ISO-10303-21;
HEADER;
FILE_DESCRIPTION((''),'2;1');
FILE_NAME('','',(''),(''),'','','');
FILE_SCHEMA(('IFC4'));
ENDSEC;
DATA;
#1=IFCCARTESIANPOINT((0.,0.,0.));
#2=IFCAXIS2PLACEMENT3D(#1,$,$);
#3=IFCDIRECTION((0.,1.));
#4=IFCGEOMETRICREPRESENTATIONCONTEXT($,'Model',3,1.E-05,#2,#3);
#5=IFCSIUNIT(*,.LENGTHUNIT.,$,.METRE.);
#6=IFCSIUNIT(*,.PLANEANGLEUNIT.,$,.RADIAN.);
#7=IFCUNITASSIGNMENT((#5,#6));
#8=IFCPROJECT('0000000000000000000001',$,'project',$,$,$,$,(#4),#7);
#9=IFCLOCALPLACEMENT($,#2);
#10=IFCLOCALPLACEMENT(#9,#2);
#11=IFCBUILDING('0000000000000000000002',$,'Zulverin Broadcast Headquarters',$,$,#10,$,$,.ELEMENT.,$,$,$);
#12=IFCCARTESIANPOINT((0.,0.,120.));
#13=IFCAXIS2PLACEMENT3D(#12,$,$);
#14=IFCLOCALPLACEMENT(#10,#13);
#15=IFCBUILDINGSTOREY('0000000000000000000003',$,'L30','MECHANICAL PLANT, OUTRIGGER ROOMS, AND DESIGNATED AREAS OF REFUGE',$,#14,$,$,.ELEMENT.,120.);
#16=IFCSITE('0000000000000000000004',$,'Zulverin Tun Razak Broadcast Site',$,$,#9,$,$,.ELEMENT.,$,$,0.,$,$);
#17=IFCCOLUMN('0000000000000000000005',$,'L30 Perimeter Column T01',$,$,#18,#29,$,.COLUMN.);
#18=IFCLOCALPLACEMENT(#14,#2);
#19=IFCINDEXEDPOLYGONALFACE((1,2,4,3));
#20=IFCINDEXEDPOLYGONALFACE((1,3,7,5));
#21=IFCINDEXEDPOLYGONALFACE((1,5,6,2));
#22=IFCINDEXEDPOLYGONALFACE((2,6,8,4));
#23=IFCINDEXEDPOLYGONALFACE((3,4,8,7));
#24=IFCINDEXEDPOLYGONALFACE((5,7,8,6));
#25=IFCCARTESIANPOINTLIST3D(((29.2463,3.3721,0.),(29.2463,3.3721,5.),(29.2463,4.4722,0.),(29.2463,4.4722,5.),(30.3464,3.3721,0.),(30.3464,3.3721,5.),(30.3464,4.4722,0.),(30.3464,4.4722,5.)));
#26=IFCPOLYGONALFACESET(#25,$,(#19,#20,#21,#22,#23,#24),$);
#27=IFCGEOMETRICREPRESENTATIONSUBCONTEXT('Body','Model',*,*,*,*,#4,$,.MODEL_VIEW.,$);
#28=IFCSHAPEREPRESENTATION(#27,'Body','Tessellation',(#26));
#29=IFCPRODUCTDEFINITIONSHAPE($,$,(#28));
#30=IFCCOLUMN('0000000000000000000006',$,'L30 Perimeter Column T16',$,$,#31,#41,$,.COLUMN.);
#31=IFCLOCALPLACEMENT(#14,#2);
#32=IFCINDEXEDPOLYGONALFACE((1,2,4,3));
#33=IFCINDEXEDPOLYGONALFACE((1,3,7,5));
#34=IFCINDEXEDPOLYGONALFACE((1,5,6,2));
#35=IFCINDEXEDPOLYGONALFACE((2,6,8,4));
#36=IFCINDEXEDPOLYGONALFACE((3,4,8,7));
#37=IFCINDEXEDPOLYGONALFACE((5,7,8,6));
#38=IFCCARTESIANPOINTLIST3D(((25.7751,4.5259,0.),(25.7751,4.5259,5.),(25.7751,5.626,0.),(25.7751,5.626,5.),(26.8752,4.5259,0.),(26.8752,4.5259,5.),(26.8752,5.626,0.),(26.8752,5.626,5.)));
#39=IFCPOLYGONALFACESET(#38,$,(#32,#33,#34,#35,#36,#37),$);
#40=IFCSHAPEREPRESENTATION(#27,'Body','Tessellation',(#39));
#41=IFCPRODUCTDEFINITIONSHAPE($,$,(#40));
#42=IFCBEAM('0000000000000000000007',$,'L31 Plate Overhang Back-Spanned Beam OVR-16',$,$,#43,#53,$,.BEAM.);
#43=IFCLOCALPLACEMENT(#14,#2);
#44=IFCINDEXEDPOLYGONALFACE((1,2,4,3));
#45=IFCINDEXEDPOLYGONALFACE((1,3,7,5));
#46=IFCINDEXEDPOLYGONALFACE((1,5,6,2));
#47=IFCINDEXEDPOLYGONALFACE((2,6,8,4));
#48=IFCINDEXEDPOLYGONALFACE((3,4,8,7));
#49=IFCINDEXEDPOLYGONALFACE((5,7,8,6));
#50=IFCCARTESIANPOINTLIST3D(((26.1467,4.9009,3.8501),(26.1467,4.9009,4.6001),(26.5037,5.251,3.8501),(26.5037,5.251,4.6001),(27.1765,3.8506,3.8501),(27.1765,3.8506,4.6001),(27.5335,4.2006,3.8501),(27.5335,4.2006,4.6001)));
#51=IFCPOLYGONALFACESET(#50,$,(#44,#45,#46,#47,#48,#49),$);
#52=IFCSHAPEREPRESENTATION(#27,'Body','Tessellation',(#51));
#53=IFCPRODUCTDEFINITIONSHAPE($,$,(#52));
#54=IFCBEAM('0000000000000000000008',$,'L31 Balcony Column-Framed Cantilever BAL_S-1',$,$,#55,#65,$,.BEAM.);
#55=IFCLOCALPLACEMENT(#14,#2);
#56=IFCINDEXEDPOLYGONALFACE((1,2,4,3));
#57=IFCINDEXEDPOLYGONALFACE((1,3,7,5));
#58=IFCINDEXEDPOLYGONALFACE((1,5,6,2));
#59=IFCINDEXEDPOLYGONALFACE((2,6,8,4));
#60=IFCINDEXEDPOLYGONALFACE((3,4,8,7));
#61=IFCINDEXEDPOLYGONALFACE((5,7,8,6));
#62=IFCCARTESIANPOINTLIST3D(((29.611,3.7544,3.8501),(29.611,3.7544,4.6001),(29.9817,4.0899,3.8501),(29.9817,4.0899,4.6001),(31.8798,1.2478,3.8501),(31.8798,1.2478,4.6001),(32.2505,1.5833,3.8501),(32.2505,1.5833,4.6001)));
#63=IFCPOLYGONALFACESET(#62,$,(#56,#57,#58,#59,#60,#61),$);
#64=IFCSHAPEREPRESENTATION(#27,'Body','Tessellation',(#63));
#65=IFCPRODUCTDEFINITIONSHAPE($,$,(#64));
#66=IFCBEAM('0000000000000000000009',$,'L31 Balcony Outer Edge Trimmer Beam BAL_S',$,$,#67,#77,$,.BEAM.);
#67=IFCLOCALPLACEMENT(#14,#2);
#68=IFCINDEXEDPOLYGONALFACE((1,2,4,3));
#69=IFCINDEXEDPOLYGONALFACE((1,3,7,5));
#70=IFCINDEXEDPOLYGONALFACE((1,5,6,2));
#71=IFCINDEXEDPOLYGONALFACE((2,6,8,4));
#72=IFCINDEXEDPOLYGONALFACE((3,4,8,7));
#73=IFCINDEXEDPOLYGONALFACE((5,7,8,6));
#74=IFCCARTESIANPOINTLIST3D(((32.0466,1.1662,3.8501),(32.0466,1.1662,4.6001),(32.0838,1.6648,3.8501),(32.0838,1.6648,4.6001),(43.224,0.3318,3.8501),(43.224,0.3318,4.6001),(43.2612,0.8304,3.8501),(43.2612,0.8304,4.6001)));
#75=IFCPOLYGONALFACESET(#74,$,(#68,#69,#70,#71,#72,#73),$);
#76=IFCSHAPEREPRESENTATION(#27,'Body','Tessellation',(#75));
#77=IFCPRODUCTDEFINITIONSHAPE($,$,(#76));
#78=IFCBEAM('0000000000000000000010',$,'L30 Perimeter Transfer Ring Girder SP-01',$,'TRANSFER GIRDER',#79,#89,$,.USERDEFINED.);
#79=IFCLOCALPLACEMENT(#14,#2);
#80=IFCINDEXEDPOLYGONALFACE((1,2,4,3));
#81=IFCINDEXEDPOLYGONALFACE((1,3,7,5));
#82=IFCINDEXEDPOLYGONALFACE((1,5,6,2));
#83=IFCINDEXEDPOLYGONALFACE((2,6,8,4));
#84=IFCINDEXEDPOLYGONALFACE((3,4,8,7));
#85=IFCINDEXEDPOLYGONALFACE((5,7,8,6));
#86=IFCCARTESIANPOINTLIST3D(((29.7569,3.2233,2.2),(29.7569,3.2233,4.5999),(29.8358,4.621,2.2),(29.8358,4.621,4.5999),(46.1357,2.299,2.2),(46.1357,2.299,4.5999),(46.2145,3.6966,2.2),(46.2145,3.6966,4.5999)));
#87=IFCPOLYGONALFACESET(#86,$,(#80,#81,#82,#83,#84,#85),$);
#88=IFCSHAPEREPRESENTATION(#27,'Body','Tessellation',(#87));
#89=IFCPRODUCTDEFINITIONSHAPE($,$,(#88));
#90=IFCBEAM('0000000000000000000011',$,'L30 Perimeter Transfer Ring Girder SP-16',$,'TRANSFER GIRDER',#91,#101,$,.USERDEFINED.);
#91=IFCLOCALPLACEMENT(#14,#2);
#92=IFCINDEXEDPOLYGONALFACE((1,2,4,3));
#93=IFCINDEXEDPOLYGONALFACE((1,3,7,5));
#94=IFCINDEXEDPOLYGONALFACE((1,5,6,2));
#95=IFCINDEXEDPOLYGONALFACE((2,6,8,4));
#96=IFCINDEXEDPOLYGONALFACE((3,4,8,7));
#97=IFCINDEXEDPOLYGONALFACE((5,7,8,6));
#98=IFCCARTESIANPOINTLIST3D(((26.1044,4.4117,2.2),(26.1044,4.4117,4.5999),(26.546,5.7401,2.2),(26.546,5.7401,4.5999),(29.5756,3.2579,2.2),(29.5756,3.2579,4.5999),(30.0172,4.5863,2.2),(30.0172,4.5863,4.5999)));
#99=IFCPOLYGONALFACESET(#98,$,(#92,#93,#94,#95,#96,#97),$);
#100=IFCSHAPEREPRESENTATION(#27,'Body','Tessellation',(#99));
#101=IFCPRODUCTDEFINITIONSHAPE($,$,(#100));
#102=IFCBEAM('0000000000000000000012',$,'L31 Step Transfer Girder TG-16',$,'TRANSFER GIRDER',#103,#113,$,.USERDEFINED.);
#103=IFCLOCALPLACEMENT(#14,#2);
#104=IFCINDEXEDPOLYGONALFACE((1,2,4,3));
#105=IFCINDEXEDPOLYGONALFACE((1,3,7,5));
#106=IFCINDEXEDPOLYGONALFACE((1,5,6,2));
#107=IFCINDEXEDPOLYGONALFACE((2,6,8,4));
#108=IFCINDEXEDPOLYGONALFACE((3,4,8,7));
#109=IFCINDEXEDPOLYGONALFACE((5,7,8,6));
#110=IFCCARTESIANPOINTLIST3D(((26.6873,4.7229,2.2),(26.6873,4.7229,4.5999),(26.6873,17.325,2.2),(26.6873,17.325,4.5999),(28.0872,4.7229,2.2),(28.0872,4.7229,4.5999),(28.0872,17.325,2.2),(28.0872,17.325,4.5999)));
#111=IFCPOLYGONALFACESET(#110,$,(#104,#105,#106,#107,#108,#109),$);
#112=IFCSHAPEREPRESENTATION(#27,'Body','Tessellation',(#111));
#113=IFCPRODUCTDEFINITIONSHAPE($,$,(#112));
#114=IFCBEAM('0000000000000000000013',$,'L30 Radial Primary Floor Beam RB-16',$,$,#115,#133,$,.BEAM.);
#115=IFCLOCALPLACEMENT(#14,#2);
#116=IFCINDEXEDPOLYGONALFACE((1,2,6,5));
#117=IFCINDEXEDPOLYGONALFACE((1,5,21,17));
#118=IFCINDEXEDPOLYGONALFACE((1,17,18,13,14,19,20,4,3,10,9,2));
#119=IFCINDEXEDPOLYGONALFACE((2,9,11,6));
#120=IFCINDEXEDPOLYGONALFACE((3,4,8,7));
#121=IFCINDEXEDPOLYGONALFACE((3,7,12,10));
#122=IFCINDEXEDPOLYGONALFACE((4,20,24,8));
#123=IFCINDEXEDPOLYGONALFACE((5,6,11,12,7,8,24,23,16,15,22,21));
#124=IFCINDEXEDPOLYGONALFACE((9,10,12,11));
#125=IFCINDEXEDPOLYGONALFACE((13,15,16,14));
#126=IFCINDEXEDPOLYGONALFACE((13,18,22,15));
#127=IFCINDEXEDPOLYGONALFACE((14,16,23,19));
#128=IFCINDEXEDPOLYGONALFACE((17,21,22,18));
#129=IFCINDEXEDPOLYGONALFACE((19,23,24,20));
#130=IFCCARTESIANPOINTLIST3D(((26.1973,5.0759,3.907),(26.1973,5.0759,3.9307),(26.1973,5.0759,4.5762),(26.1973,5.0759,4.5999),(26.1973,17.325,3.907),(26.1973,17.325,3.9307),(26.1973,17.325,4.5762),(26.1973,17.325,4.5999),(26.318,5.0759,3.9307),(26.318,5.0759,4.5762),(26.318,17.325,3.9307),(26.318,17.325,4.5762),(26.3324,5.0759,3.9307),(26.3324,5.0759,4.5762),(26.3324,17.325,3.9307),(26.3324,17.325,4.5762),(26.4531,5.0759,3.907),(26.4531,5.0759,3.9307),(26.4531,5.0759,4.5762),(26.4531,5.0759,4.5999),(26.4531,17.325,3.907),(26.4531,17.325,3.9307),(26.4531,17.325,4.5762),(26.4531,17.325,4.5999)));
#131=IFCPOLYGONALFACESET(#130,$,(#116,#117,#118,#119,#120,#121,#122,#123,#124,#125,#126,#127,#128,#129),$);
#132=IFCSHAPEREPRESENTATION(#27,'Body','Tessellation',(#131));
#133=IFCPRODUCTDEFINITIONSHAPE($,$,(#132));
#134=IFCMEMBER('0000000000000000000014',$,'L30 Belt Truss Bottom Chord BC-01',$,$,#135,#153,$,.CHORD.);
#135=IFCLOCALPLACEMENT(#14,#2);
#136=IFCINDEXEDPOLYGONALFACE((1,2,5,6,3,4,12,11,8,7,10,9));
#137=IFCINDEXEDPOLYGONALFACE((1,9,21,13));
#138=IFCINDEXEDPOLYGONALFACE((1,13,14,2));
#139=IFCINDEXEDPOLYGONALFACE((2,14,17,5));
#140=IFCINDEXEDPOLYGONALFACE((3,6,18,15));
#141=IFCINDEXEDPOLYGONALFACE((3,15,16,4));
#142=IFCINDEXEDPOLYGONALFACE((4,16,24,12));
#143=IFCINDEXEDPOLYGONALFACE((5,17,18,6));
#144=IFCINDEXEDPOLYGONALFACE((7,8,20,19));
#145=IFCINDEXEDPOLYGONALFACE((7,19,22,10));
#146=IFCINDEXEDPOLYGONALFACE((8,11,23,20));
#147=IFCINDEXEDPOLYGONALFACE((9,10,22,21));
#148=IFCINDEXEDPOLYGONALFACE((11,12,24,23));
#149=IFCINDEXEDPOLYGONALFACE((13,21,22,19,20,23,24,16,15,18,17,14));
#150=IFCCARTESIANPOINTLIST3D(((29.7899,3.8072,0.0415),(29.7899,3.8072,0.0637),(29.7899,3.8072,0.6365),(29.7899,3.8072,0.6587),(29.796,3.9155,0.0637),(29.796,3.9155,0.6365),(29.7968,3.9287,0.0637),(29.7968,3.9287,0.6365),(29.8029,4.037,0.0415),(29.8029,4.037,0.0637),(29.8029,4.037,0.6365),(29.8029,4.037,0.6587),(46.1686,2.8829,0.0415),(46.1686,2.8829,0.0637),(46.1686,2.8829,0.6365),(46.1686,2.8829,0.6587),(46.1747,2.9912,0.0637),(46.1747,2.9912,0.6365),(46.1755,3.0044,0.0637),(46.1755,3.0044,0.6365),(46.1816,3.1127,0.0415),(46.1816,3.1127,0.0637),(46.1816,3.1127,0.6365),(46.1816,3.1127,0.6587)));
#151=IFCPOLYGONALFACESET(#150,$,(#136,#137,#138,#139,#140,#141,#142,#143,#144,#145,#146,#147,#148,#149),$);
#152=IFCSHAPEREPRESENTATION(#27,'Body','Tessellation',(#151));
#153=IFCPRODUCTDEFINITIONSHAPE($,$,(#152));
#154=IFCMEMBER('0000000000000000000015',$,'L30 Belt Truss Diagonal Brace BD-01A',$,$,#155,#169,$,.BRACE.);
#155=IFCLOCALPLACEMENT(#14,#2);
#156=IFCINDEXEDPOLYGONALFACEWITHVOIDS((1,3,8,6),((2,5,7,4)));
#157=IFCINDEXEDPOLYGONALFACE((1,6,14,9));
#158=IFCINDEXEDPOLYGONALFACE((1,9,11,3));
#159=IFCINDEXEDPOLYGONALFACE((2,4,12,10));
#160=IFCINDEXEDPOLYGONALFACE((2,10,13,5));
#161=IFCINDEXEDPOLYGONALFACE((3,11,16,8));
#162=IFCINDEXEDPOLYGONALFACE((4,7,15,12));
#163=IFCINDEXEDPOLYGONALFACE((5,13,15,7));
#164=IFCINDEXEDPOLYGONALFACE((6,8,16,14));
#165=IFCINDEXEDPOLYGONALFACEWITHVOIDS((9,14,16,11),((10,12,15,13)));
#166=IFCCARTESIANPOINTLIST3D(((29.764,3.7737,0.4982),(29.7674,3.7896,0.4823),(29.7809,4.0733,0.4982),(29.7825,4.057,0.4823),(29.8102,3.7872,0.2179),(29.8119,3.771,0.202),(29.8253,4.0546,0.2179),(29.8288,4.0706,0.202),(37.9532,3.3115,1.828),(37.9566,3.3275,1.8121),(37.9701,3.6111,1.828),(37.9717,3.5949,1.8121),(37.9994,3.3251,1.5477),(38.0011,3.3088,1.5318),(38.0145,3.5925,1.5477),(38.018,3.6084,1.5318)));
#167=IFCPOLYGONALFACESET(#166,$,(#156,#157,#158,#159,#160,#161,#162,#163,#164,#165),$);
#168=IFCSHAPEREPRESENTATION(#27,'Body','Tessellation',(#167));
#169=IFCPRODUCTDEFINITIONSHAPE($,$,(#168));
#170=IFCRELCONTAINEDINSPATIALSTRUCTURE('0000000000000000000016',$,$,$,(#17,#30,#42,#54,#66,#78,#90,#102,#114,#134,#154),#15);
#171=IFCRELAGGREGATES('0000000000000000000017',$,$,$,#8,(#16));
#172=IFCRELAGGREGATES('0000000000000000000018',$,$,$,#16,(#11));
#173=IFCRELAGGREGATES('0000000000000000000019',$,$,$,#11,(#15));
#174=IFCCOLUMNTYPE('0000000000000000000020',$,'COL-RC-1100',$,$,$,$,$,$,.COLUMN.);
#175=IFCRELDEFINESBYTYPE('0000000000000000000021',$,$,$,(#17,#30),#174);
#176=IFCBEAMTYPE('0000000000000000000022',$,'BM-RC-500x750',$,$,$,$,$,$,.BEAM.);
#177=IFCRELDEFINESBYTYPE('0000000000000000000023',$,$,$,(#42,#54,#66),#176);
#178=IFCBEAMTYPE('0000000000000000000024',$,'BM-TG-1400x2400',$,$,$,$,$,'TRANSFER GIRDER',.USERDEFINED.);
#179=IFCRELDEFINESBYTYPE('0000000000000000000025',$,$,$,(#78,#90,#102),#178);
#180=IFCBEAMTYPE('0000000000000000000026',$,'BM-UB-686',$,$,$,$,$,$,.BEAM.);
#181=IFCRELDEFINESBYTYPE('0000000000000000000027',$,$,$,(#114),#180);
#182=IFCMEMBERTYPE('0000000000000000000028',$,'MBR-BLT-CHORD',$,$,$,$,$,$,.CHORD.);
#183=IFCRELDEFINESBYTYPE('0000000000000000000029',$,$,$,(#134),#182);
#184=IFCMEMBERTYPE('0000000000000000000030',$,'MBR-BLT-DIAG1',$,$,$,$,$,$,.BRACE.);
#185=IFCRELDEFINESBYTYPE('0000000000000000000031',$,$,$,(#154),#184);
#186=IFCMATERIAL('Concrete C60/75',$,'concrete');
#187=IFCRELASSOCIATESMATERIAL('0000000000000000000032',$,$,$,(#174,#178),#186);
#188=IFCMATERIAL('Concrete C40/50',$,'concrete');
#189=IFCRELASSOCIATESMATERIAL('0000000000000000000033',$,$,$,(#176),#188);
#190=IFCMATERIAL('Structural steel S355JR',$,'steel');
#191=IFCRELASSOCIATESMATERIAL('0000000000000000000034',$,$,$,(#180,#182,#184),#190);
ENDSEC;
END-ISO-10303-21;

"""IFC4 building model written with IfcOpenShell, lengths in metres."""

from ifc_helpers import new_model, si_unit, direction, frame, origin, origin_2d, place, context, subcontext, project, spatial, rectangle, hollow_rectangle, i_section, extrude, material, material_profile, profile_set, type_object, element, save


model = new_model("IFC4")

# Units and contexts
model_context = context("Model", 3, precision=1e-05, world=origin(), true_north=direction((0.0, 1.0)))
body_context = subcontext(model_context, "Body", "Model", "MODEL_VIEW")
ifc_project = project(units=[si_unit("LENGTHUNIT", "METRE"), si_unit("PLANEANGLEUNIT", "RADIAN")], contexts=[model_context])

# Site, building, storey
site_placement = place(None, origin())
site = spatial("IfcSite", under=ifc_project, at=site_placement, Name="Zulverin Tun Razak Broadcast Site", CompositionType="ELEMENT", RefElevation=0.0)
building_placement = place(site_placement, origin())
building = spatial("IfcBuilding", under=site, at=building_placement, Name="Zulverin Broadcast Headquarters", CompositionType="ELEMENT")
storey_placement = place(building_placement, frame((0.0, 0.0, 120.0)))
storey = spatial("IfcBuildingStorey", under=building, at=storey_placement, Name="L30", Description="MECHANICAL PLANT, OUTRIGGER ROOMS, AND DESIGNATED AREAS OF REFUGE", CompositionType="ELEMENT", Elevation=120.0)

# Columns
ifc_material_1 = material(Name="Concrete C60/75", Category="concrete")
ifc_material_profile_1 = material_profile(ifc_material_1, rectangle(XDim=1.1001, YDim=1.1001, at=origin_2d()), Name="Concrete C60/75", Category="concrete")
ifc_profile_set_1 = profile_set([ifc_material_profile_1], Name="Concrete C60/75")
column_type = type_object("IfcColumnType", Name="COL-RC-1100", PredefinedType="COLUMN", material=ifc_profile_set_1)
for number, where, z_axis, x_axis, name in (
    (1, (29.7964, 3.9221, 0.0), (0.0, 0.0, 1.0), (1.0, 0.0, 0.0), "L30 Perimeter Column T01"),
    (2, (26.3252, 5.0759, 0.0), (0.0, 0.0, 1.0), (1.0, 0.0, 0.0), "L30 Perimeter Column T16"),
):
    element("IfcColumn", number, at=place(storey_placement, frame(where, z_axis=z_axis, x_axis=x_axis)), inside=storey, type_object=column_type, Name=name, PredefinedType="COLUMN", context=body_context, shape_type="SweptSolid", body=[
        extrude(rectangle(XDim=1.1001, YDim=1.1001, at=origin_2d()), origin(), (0.0, 0.0, 1.0), 5.0),
    ])

# Beams
ifc_material_2 = material(Name="Concrete C40/50", Category="concrete")
ifc_material_profile_2 = material_profile(ifc_material_2, rectangle(XDim=0.5, YDim=0.75, at=origin_2d()), Name="Concrete C40/50", Category="concrete")
ifc_profile_set_2 = profile_set([ifc_material_profile_2], Name="Concrete C40/50")
beam_type_1 = type_object("IfcBeamType", Name="BM-RC-500x750", PredefinedType="BEAM", material=ifc_profile_set_2)
beam_1_placement = place(storey_placement, frame((26.3252, 5.0759, 4.2251), z_axis=(0.700101, -0.714044, 0.0), x_axis=(0.714044, 0.700101, 0.0)))
element("IfcBeam", 3, at=beam_1_placement, inside=storey, type_object=beam_type_1, Name="L31 Plate Overhang Back-Spanned Beam OVR-16", PredefinedType="BEAM", context=body_context, shape_type="SweptSolid", body=[
    extrude(rectangle(XDim=0.5, YDim=0.75, at=origin_2d()), origin(), (0.0, 0.0, 1.0), 1.4709),
])
beam_2_placement = place(storey_placement, frame((29.7964, 3.9221, 4.2251), z_axis=(0.671065, -0.741399, 0.0), x_axis=(0.741399, 0.671065, 0.0)))
element("IfcBeam", 4, at=beam_2_placement, inside=storey, type_object=beam_type_1, Name="L31 Balcony Column-Framed Cantilever BAL_S-1", PredefinedType="BEAM", context=body_context, shape_type="SweptSolid", body=[
    extrude(rectangle(XDim=0.5, YDim=0.75, at=origin_2d()), origin(), (0.0, 0.0, 1.0), 3.3809),
])
beam_3_placement = place(storey_placement, frame((32.0652, 1.4155, 4.2251), z_axis=(0.997225, -0.074449, 0.0), x_axis=(0.074449, 0.997225, 0.0)))
element("IfcBeam", 5, at=beam_3_placement, inside=storey, type_object=beam_type_1, Name="L31 Balcony Outer Edge Trimmer Beam BAL_S", PredefinedType="BEAM", context=body_context, shape_type="SweptSolid", body=[
    extrude(rectangle(XDim=0.5, YDim=0.75, at=origin_2d()), origin(), (0.0, 0.0, 1.0), 11.2085),
])
ifc_material_profile_3 = material_profile(ifc_material_1, rectangle(XDim=1.3999, YDim=2.3999, at=origin_2d()), Name="Concrete C60/75", Category="concrete")
ifc_profile_set_3 = profile_set([ifc_material_profile_3], Name="Concrete C60/75")
beam_type_2 = type_object("IfcBeamType", Name="BM-TG-1400x2400", ElementType="TRANSFER GIRDER", PredefinedType="USERDEFINED", material=ifc_profile_set_3)
beam_4_placement = place(storey_placement, frame((29.7964, 3.9221, 3.3999), z_axis=(0.998411, -0.056345, 0.0), x_axis=(0.056345, 0.998411, 0.0)))
element("IfcBeam", 6, at=beam_4_placement, inside=storey, type_object=beam_type_2, Name="L30 Perimeter Transfer Ring Girder SP-01", ObjectType="TRANSFER GIRDER", PredefinedType="USERDEFINED", context=body_context, shape_type="SweptSolid", body=[
    extrude(rectangle(XDim=1.3999, YDim=2.3999, at=origin_2d()), origin(), (0.0, 0.0, 1.0), 16.4048),
])
beam_5_placement = place(storey_placement, frame((26.3252, 5.0759, 3.3999), z_axis=(0.94895, -0.315427, 0.0), x_axis=(0.315427, 0.94895, 0.0)))
element("IfcBeam", 7, at=beam_5_placement, inside=storey, type_object=beam_type_2, Name="L30 Perimeter Transfer Ring Girder SP-16", ObjectType="TRANSFER GIRDER", PredefinedType="USERDEFINED", context=body_context, shape_type="SweptSolid", body=[
    extrude(rectangle(XDim=1.3999, YDim=2.3999, at=origin_2d()), origin(), (0.0, 0.0, 1.0), 3.658),
])
beam_6_placement = place(storey_placement, frame((27.3872, 17.325, 3.3999), z_axis=(0.0, -1.0, 0.0), x_axis=(1.0, 0.0, 0.0)))
element("IfcBeam", 8, at=beam_6_placement, inside=storey, type_object=beam_type_2, Name="L31 Step Transfer Girder TG-16", ObjectType="TRANSFER GIRDER", PredefinedType="USERDEFINED", context=body_context, shape_type="SweptSolid", body=[
    extrude(rectangle(XDim=1.3999, YDim=2.3999, at=origin_2d()), origin(), (0.0, 0.0, 1.0), 12.6021),
])
ifc_material_3 = material(Name="Structural steel S355JR", Category="steel")
ifc_material_profile_4 = material_profile(ifc_material_3, i_section(OverallWidth=0.2559, OverallDepth=0.6929, WebThickness=0.0144, FlangeThickness=0.0237, at=origin_2d()), Name="Structural steel S355JR", Category="steel")
ifc_profile_set_4 = profile_set([ifc_material_profile_4], Name="Structural steel S355JR")
beam_type_3 = type_object("IfcBeamType", Name="BM-UB-686", PredefinedType="BEAM", material=ifc_profile_set_4)
beam_7_placement = place(storey_placement, frame((26.3252, 17.325, 4.2534), z_axis=(0.0, -1.0, 0.0), x_axis=(1.0, 0.0, 0.0)))
element("IfcBeam", 9, at=beam_7_placement, inside=storey, type_object=beam_type_3, Name="L30 Radial Primary Floor Beam RB-16", PredefinedType="BEAM", context=body_context, shape_type="SweptSolid", body=[
    extrude(i_section(OverallWidth=0.2559, OverallDepth=0.6929, WebThickness=0.0144, FlangeThickness=0.0237, at=origin_2d()), origin(), (0.0, 0.0, 1.0), 12.249),
])

# Members
ifc_material_profile_5 = material_profile(ifc_material_3, i_section(OverallWidth=0.2302, OverallDepth=0.6172, WebThickness=0.0132, FlangeThickness=0.0222, at=origin_2d()), Name="Structural steel S355JR", Category="steel")
ifc_profile_set_5 = profile_set([ifc_material_profile_5], Name="Structural steel S355JR")
member_type_1 = type_object("IfcMemberType", Name="MBR-BLT-CHORD", PredefinedType="CHORD", material=ifc_profile_set_5)
member_1_placement = place(storey_placement, frame((29.7964, 3.9221, 0.3501), z_axis=(0.998411, -0.056345, 0.0), x_axis=(0.056345, 0.998411, 0.0)))
element("IfcMember", 10, at=member_1_placement, inside=storey, type_object=member_type_1, Name="L30 Belt Truss Bottom Chord BC-01", PredefinedType="CHORD", context=body_context, shape_type="SweptSolid", body=[
    extrude(i_section(OverallWidth=0.2302, OverallDepth=0.6172, WebThickness=0.0132, FlangeThickness=0.0222, at=origin_2d()), origin(), (0.0, 0.0, 1.0), 16.4048),
])
ifc_material_profile_6 = material_profile(ifc_material_3, hollow_rectangle(XDim=0.3, YDim=0.3, WallThickness=0.0161, at=origin_2d()), Name="Structural steel S355JR", Category="steel")
ifc_profile_set_6 = profile_set([ifc_material_profile_6], Name="Structural steel S355JR")
member_type_2 = type_object("IfcMemberType", Name="MBR-BLT-DIAG1", PredefinedType="BRACE", material=ifc_profile_set_6)
member_2_placement = place(storey_placement, frame((29.7964, 3.9221, 0.3501), z_axis=(0.985542, -0.055619, 0.160041), x_axis=(0.056345, 0.998411, 0.0)))
element("IfcMember", 11, at=member_2_placement, inside=storey, type_object=member_type_2, Name="L30 Belt Truss Diagonal Brace BD-01A", PredefinedType="BRACE", context=body_context, shape_type="SweptSolid", body=[
    extrude(hollow_rectangle(XDim=0.3, YDim=0.3, WallThickness=0.0161, at=origin_2d()), origin(), (0.0, 0.0, 1.0), 8.3093),
])

save(model, "model.ifc")
